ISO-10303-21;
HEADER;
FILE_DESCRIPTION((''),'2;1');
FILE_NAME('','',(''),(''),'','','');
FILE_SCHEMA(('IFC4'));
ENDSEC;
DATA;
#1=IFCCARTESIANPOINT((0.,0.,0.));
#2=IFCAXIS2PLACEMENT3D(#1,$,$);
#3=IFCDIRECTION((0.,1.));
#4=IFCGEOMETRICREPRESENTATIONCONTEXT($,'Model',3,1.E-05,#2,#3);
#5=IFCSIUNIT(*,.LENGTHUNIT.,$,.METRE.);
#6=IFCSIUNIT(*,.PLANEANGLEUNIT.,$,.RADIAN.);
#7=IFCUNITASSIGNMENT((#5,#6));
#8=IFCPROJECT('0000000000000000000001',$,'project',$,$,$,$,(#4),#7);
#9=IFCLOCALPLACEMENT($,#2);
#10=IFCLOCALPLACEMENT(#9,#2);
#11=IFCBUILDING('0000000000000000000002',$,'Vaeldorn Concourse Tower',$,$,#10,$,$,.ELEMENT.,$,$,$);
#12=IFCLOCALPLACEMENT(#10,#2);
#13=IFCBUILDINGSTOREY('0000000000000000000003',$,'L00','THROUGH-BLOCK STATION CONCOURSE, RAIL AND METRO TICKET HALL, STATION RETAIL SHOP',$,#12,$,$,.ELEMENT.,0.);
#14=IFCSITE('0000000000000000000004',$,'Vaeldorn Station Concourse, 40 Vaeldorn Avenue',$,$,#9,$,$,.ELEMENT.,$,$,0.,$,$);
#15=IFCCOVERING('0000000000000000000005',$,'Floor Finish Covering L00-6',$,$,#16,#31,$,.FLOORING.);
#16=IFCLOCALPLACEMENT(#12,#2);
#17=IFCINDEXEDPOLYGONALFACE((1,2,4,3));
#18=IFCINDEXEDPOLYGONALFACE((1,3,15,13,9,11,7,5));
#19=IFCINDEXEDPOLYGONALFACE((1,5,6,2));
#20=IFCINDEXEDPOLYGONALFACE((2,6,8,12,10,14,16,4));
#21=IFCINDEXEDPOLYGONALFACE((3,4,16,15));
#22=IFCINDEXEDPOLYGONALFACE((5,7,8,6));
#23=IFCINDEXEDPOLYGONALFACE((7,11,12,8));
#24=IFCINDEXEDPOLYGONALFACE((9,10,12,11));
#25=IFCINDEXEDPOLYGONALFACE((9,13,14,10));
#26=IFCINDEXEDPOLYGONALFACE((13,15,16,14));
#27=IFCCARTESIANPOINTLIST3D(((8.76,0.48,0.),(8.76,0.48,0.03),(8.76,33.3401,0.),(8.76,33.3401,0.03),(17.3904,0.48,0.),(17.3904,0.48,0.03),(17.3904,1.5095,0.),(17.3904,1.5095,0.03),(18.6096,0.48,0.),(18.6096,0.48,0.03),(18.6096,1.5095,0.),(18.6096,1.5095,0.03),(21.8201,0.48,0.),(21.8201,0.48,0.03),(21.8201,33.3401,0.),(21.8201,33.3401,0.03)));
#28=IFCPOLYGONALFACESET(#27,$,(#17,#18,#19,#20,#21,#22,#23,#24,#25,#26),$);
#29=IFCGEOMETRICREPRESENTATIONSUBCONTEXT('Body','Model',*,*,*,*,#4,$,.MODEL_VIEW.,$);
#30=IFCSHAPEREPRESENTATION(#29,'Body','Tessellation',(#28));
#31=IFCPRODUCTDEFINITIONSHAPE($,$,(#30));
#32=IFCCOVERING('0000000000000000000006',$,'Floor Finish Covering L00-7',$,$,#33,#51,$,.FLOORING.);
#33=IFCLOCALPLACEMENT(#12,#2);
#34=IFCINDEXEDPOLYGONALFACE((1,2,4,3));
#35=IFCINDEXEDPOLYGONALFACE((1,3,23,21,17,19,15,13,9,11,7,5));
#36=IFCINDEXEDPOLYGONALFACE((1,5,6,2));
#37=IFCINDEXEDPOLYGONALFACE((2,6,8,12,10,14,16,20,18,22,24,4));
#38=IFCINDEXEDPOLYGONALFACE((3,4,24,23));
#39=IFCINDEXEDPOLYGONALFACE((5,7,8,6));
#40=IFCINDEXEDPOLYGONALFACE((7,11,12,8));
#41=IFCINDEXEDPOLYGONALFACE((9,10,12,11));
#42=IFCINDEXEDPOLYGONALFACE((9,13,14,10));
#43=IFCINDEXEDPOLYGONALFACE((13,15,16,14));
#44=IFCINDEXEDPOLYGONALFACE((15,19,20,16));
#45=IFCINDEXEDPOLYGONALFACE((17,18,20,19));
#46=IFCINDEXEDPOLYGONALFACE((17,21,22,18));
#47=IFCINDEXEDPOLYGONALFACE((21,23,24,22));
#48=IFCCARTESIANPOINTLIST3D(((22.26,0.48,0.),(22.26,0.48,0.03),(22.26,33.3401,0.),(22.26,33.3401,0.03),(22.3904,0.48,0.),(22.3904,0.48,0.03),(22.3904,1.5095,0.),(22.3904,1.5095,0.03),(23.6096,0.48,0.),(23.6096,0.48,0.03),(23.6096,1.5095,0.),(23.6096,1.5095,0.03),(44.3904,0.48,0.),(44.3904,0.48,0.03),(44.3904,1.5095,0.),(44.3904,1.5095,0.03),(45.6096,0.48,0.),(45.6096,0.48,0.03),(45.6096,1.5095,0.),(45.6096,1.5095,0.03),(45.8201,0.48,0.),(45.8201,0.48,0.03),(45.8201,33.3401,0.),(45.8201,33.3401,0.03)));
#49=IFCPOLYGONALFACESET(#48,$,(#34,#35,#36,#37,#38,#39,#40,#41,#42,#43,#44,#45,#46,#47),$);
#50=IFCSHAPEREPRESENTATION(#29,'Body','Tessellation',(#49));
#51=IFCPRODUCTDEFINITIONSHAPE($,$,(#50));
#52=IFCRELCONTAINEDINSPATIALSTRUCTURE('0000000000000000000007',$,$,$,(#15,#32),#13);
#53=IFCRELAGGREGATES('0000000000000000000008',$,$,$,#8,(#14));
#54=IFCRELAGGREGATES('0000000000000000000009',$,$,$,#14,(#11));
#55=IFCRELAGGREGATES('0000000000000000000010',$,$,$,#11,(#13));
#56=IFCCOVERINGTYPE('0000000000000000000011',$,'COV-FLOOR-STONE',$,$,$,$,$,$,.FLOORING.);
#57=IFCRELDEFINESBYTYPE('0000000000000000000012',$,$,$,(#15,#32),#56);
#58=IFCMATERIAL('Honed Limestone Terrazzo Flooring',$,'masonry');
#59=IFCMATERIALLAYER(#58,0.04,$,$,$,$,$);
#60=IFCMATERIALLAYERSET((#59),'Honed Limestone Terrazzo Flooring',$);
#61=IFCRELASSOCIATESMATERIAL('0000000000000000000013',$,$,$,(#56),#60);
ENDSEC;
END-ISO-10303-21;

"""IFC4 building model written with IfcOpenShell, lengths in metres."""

from ifc_helpers import new_model, si_unit, direction, origin, place, context, subcontext, project, spatial, polyline, outline, extrude, material, layer, layer_set, type_object, element, save


model = new_model("IFC4")

# Units and contexts
model_context = context("Model", 3, precision=1e-05, world=origin(), true_north=direction((0.0, 1.0)))
body_context = subcontext(model_context, "Body", "Model", "MODEL_VIEW")
ifc_project = project(units=[si_unit("LENGTHUNIT", "METRE"), si_unit("PLANEANGLEUNIT", "RADIAN")], contexts=[model_context])

# Site, building, storey
site_placement = place(None, origin())
site = spatial("IfcSite", under=ifc_project, at=site_placement, Name="Vaeldorn Station Concourse, 40 Vaeldorn Avenue", CompositionType="ELEMENT", RefElevation=0.0)
building_placement = place(site_placement, origin())
building = spatial("IfcBuilding", under=site, at=building_placement, Name="Vaeldorn Concourse Tower", CompositionType="ELEMENT")
storey_placement = place(building_placement, origin())
storey = spatial("IfcBuildingStorey", under=building, at=storey_placement, Name="L00", Description="THROUGH-BLOCK STATION CONCOURSE, RAIL AND METRO TICKET HALL, STATION RETAIL SHOP", CompositionType="ELEMENT", Elevation=0.0)

# Coverings
ifc_material_1 = material(Name="Honed Limestone Terrazzo Flooring", Category="masonry")
ifc_layer_1 = layer(ifc_material_1, 0.04)
ifc_layer_set_1 = layer_set([ifc_layer_1], Name="Honed Limestone Terrazzo Flooring")
covering_type_1 = type_object("IfcCoveringType", Name="COV-FLOOR-STONE", PredefinedType="FLOORING", material=ifc_layer_set_1)
covering_1_placement = place(storey_placement, origin())
element("IfcCovering", 1, at=covering_1_placement, inside=storey, type_object=covering_type_1, Name="Floor Finish Covering L00-6", PredefinedType="FLOORING", context=body_context, shape_type="SweptSolid", body=[
    extrude(outline(polyline([(8.76, 33.3401), (21.8201, 33.3401), (21.8201, 0.48), (18.6096, 0.48), (18.6096, 1.5095), (17.3904, 1.5095), (17.3904, 0.48), (8.76, 0.48), (8.76, 33.3401)])), origin(), (0.0, 0.0, 1.0), 0.03),
])
covering_2_placement = place(storey_placement, origin())
element("IfcCovering", 2, at=covering_2_placement, inside=storey, type_object=covering_type_1, Name="Floor Finish Covering L00-7", PredefinedType="FLOORING", context=body_context, shape_type="SweptSolid", body=[
    extrude(outline(polyline([(22.26, 33.3401), (45.8201, 33.3401), (45.8201, 0.48), (45.6096, 0.48), (45.6096, 1.5095), (44.3904, 1.5095), (44.3904, 0.48), (23.6096, 0.48), (23.6096, 1.5095), (22.3904, 1.5095), (22.3904, 0.48), (22.26, 0.48), (22.26, 33.3401)])), origin(), (0.0, 0.0, 1.0), 0.03),
])

save(model, "model.ifc")
